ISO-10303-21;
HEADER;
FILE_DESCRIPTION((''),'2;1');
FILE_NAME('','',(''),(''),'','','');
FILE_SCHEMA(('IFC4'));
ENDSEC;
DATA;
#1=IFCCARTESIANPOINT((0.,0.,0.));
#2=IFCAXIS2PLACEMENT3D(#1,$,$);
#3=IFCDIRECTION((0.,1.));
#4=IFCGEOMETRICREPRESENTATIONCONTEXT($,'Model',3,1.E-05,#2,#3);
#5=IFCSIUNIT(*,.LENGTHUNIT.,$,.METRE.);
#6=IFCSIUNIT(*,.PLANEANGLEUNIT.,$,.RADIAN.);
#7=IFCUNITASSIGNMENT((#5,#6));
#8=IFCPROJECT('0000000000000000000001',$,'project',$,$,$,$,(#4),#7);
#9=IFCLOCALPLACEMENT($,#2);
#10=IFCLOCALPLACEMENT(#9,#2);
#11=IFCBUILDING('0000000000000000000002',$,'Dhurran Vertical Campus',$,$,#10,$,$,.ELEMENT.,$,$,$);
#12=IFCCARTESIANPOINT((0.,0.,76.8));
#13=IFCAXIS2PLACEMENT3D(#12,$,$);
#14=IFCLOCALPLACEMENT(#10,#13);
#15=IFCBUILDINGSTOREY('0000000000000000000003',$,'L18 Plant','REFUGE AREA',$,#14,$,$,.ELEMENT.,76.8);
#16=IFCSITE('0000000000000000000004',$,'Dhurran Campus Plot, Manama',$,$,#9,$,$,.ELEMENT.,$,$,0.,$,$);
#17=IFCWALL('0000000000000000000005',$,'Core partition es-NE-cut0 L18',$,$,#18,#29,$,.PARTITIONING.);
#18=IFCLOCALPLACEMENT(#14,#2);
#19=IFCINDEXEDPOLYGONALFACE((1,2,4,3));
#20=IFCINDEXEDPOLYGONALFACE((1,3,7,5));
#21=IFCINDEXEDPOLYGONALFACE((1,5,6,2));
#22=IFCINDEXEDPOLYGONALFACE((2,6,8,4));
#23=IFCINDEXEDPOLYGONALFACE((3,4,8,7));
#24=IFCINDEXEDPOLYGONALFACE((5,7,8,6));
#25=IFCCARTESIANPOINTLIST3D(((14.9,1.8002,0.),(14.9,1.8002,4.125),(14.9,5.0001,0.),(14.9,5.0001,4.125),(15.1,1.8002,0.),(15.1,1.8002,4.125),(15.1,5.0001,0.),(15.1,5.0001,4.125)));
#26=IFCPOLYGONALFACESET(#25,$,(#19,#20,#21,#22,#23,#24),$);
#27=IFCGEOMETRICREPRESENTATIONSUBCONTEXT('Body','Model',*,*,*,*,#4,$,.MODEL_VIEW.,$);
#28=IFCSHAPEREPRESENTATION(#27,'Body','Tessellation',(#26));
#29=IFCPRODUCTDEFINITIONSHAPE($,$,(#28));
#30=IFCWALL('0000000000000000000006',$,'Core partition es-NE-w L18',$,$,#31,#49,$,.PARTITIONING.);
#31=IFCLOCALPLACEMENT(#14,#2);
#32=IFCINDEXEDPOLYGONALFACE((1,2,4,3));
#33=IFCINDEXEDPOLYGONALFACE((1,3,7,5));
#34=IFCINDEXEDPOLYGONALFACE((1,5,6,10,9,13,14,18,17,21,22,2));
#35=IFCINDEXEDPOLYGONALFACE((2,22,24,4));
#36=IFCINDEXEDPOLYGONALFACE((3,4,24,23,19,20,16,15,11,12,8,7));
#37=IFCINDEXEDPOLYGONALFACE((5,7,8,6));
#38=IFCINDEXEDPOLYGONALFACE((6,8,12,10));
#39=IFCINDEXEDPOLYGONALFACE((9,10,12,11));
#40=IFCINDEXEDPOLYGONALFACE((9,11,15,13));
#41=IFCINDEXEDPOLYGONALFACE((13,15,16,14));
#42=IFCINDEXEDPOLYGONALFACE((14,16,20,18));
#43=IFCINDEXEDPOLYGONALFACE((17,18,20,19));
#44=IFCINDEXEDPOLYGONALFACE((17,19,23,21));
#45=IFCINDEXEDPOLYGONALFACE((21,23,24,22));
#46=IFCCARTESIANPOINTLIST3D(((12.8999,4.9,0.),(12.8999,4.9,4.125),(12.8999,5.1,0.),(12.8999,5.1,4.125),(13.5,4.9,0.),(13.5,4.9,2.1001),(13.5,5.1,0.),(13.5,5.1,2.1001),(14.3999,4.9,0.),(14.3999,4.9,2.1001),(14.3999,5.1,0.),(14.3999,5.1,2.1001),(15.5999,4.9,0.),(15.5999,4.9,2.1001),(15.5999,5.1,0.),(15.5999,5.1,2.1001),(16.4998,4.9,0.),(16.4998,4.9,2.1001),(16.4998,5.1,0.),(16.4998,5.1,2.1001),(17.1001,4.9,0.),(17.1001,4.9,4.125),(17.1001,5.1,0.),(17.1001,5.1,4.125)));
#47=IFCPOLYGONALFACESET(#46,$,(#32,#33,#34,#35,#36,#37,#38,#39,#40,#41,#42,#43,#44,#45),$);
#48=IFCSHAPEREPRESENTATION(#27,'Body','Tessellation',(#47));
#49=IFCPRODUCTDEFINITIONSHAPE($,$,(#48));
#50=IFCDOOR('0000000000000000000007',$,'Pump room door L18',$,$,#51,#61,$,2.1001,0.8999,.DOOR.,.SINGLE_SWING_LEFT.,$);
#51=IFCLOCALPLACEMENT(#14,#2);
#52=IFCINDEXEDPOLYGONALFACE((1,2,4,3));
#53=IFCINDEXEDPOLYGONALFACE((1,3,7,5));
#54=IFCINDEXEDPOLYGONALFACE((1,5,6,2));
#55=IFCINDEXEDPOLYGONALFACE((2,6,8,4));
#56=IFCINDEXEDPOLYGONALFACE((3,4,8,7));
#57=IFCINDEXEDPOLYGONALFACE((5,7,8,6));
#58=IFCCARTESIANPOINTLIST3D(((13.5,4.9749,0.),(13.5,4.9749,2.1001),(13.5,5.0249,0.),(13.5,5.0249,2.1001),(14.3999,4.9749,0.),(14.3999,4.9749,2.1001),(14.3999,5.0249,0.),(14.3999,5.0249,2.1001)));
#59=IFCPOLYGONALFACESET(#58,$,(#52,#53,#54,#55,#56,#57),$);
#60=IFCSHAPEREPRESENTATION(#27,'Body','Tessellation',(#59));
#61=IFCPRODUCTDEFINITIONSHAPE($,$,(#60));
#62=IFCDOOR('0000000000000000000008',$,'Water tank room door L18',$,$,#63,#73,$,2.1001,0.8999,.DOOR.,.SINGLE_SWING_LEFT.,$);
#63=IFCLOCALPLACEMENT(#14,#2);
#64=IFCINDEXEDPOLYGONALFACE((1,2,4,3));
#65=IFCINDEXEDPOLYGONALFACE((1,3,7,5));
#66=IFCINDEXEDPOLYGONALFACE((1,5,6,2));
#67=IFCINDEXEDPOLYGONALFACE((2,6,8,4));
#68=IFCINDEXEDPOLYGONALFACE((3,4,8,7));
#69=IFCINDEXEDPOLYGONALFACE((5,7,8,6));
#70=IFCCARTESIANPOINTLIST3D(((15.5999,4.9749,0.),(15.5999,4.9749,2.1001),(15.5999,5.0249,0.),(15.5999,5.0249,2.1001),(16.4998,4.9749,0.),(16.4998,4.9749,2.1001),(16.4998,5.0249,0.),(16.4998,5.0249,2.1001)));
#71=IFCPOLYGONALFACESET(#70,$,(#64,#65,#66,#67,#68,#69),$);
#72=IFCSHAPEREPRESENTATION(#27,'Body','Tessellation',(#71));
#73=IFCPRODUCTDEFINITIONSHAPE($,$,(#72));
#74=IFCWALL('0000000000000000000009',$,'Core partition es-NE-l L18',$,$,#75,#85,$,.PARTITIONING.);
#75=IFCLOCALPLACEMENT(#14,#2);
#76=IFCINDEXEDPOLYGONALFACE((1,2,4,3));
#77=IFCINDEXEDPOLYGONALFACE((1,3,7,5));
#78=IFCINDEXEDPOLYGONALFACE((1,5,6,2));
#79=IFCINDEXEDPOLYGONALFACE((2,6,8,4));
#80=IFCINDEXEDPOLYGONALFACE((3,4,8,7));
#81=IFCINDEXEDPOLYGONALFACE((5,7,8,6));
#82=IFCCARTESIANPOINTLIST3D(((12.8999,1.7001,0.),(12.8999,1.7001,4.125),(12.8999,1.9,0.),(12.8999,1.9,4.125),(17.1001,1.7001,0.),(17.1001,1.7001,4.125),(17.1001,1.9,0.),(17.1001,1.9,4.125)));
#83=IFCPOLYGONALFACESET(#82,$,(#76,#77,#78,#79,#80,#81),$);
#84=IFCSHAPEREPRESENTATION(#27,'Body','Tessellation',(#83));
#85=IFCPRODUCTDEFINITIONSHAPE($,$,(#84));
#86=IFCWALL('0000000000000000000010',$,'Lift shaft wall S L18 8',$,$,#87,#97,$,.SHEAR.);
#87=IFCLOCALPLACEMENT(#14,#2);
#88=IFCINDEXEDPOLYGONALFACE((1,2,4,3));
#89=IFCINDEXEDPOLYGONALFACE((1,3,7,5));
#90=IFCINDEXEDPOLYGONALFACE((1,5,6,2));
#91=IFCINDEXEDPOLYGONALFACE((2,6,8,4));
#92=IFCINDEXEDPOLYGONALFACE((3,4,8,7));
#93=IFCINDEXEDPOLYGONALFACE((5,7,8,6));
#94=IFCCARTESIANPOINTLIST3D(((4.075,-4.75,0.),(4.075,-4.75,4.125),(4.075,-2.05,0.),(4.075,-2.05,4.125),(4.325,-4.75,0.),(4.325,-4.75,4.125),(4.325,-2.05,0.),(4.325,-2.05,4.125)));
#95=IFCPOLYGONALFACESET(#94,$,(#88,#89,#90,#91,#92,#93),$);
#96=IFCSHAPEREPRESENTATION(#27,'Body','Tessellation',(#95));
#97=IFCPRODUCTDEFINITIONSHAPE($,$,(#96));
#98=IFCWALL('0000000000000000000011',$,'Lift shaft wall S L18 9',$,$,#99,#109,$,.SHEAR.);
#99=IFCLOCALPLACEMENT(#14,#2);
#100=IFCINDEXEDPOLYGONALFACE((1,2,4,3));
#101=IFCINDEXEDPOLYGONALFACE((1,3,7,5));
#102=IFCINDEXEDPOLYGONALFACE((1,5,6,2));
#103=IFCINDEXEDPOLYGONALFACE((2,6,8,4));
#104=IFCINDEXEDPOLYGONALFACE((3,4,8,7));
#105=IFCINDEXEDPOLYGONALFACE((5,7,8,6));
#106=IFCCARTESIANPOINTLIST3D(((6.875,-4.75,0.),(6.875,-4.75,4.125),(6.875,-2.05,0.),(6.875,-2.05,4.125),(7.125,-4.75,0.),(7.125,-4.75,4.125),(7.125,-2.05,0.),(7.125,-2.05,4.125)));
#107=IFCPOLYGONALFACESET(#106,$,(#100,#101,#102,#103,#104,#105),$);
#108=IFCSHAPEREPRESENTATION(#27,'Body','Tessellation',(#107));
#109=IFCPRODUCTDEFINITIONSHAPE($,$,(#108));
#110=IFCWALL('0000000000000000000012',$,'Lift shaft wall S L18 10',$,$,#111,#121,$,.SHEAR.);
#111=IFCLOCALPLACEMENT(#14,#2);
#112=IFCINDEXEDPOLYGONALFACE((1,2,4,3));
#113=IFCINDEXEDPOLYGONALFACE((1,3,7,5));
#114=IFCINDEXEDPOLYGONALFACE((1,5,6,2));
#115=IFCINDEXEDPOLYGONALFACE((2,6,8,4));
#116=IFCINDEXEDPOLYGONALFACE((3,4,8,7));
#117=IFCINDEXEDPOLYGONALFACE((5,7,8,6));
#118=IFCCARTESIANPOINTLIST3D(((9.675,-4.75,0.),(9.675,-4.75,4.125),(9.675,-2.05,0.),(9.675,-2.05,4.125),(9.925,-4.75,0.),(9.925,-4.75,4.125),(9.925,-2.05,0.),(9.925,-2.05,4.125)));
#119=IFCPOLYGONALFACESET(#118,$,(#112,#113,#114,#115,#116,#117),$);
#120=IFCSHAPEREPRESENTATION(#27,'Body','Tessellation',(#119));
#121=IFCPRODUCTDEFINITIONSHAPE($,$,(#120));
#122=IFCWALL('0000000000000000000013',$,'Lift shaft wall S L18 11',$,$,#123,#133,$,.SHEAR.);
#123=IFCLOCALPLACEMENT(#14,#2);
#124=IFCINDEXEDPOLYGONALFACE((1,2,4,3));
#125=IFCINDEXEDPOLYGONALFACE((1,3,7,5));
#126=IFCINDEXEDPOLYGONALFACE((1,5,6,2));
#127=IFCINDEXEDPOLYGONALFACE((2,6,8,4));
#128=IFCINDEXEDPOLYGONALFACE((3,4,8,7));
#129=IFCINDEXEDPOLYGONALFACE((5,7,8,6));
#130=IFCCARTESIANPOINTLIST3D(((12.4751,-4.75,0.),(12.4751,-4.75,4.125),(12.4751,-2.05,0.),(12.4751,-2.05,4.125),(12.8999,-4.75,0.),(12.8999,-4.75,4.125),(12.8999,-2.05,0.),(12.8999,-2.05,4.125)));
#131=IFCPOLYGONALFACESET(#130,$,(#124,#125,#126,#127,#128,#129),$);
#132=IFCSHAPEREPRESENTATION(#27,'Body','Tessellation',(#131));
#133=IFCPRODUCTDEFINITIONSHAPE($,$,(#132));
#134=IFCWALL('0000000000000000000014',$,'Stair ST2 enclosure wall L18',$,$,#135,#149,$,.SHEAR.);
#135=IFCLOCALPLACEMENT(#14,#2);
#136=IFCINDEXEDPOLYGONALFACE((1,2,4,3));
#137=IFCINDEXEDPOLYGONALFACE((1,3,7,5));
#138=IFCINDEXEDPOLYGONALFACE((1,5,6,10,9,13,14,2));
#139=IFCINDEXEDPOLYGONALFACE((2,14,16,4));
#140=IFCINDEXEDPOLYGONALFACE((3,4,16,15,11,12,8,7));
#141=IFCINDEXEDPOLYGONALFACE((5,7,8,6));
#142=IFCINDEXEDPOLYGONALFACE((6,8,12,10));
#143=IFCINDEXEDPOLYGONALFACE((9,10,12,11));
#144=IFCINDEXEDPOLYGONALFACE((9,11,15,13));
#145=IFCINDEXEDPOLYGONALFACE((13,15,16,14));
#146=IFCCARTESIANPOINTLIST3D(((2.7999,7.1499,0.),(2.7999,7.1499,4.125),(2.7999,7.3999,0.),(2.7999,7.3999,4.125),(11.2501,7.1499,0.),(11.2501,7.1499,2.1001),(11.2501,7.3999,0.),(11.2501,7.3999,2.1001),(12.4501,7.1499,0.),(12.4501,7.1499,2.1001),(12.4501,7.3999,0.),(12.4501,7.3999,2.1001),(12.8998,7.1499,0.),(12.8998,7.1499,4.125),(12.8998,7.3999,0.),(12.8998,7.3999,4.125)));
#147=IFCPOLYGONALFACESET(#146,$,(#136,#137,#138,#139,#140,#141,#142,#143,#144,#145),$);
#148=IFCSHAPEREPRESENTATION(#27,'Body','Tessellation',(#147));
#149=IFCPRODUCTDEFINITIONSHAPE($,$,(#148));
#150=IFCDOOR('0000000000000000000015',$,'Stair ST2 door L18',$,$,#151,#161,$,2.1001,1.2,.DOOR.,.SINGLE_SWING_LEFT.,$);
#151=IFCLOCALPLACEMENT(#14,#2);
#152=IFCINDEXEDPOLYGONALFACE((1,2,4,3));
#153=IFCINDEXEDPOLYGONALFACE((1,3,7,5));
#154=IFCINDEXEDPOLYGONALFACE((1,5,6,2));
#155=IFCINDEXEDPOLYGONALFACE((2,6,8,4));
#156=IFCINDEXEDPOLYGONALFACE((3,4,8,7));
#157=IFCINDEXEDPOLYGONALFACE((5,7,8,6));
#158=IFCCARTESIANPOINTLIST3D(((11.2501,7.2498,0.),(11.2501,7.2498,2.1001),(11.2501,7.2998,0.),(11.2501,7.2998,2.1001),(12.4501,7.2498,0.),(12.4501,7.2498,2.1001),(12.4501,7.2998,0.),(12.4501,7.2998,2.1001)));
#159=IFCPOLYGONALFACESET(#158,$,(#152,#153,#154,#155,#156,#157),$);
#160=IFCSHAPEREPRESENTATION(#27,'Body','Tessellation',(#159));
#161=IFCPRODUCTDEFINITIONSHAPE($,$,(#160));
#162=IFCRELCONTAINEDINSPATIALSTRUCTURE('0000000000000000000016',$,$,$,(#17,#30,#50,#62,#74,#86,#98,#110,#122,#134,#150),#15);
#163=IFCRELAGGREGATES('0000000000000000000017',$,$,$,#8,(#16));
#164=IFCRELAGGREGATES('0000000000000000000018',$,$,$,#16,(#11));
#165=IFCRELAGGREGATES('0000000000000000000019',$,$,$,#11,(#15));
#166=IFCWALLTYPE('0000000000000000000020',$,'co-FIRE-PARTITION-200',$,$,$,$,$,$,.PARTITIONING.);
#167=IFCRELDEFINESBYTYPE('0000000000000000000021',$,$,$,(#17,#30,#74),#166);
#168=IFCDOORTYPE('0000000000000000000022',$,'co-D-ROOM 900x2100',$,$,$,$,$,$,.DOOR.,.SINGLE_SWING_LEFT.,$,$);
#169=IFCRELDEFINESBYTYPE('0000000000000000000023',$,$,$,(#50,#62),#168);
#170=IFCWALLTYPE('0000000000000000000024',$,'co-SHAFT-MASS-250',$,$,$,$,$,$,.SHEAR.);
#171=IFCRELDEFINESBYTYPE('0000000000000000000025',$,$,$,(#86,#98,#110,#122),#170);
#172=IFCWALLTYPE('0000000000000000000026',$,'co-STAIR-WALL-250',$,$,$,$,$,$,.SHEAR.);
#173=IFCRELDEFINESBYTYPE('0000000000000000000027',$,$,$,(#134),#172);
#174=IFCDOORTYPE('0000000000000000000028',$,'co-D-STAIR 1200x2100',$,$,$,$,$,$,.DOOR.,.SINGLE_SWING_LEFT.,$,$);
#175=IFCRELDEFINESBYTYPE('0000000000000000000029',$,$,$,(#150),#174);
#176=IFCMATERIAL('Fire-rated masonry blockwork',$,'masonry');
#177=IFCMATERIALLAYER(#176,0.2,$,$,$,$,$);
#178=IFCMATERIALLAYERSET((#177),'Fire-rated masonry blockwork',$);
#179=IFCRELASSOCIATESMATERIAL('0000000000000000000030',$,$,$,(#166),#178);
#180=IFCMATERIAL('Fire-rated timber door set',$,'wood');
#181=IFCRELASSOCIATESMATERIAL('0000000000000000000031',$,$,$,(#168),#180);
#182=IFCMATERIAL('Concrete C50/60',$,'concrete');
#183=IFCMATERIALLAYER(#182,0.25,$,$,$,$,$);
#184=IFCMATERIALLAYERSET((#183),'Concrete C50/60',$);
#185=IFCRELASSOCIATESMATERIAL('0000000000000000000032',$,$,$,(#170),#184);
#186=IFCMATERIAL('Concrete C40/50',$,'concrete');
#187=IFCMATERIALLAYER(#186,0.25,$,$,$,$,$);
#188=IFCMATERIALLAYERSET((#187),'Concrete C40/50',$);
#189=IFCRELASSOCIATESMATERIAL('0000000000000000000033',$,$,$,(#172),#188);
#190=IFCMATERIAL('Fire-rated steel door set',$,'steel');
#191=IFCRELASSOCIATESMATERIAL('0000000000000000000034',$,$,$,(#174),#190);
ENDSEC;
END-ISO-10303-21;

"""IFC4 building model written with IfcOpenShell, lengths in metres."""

from ifc_helpers import new_model, si_unit, direction, frame, frame_2d, origin, place, context, subcontext, project, spatial, polyline, rectangle, outline, extrude, material, layer, layer_set, type_object, element, fill, save


model = new_model("IFC4")

# Units and contexts
model_context = context("Model", 3, precision=1e-05, world=origin(), true_north=direction((0.0, 1.0)))
body_context = subcontext(model_context, "Body", "Model", "MODEL_VIEW")
ifc_project = project(units=[si_unit("LENGTHUNIT", "METRE"), si_unit("PLANEANGLEUNIT", "RADIAN")], contexts=[model_context])

# Site, building, storey
site_placement = place(None, origin())
site = spatial("IfcSite", under=ifc_project, at=site_placement, Name="Dhurran Campus Plot, Manama", CompositionType="ELEMENT", RefElevation=0.0)
building_placement = place(site_placement, origin())
building = spatial("IfcBuilding", under=site, at=building_placement, Name="Dhurran Vertical Campus", CompositionType="ELEMENT")
storey_placement = place(building_placement, frame((0.0, 0.0, 76.8)))
storey = spatial("IfcBuildingStorey", under=building, at=storey_placement, Name="L18 Plant", Description="REFUGE AREA", CompositionType="ELEMENT", Elevation=76.8)

# Shared definitions
ifc_material_1 = material(Name="Fire-rated masonry blockwork", Category="masonry")
ifc_layer_1 = layer(ifc_material_1, 0.2)
ifc_layer_set_1 = layer_set([ifc_layer_1], Name="Fire-rated masonry blockwork")
wall_type_1 = type_object("IfcWallType", Name="co-FIRE-PARTITION-200", PredefinedType="PARTITIONING", material=ifc_layer_set_1)

# Shared definitions
ifc_material_2 = material(Name="Fire-rated timber door set", Category="wood")
door_type_1 = type_object("IfcDoorType", Name="co-D-ROOM 900x2100", OperationType="SINGLE_SWING_LEFT", PredefinedType="DOOR", material=ifc_material_2)

# Wall
wall_1_placement = place(storey_placement, frame((15.0, 1.8, 0.0), z_axis=(0.0, 0.0, 1.0), x_axis=(0.0, 1.0, 0.0)))
element("IfcWall", 1, at=wall_1_placement, inside=storey, type_object=wall_type_1, Name="Core partition es-NE-cut0 L18", PredefinedType="PARTITIONING", context=body_context, shape_type="SweptSolid", body=[
    extrude(rectangle(XDim=3.2, YDim=0.2, at=frame_2d((1.6001, 0.0))), origin(), (0.0, 0.0, 1.0), 4.125),
])

# Wall, openings, doors
wall_2_placement = place(storey_placement, frame((12.8999, 5.0, 0.0), z_axis=(0.0, 0.0, 1.0), x_axis=(1.0, 0.0, 0.0)))
wall_2 = element("IfcWall", 2, at=wall_2_placement, inside=storey, type_object=wall_type_1, Name="Core partition es-NE-w L18", PredefinedType="PARTITIONING", context=body_context, shape_type="SweptSolid", body=[
    extrude(rectangle(XDim=4.2002, YDim=0.2, at=frame_2d((2.1001, 0.0))), origin(), (0.0, 0.0, 1.0), 4.125),
])
opening_1_placement = place(wall_2_placement, frame((0.6001, 0.0, 0.0)))
opening_1 = element("IfcOpeningElement", 3, at=opening_1_placement, cuts=wall_2, PredefinedType="OPENING", context=body_context, shape_type="SweptSolid", body=[
    extrude(rectangle(XDim=0.8999, YDim=2.1001, at=frame_2d((0.45, 1.05))), frame((0.0, 0.1099, 0.0), z_axis=(0.0, -1.0, 0.0), x_axis=(1.0, 0.0, 0.0)), (0.0, 0.0, 1.0), 0.22),
])
opening_2_placement = place(wall_2_placement, frame((2.7, 0.0, 0.0)))
opening_2 = element("IfcOpeningElement", 4, at=opening_2_placement, cuts=wall_2, PredefinedType="OPENING", context=body_context, shape_type="SweptSolid", body=[
    extrude(rectangle(XDim=0.8999, YDim=2.1001, at=frame_2d((0.45, 1.05))), frame((0.0, 0.1099, 0.0), z_axis=(0.0, -1.0, 0.0), x_axis=(1.0, 0.0, 0.0)), (0.0, 0.0, 1.0), 0.22),
])
door_1_placement = place(opening_1_placement, origin())
door_1 = element("IfcDoor", 5, at=door_1_placement, inside=storey, type_object=door_type_1, Name="Pump room door L18", OperationType="SINGLE_SWING_LEFT", OverallHeight=2.1001, OverallWidth=0.8999, PredefinedType="DOOR", context=body_context, shape_type="SweptSolid", body=[
    extrude(rectangle(XDim=0.8999, YDim=2.1001, at=frame_2d((0.45, 1.05))), frame((0.0, 0.0249, 0.0), z_axis=(0.0, -1.0, 0.0), x_axis=(1.0, 0.0, 0.0)), (0.0, 0.0, 1.0), 0.05),
])
fill(opening_1, door_1)
door_2_placement = place(opening_2_placement, origin())
door_2 = element("IfcDoor", 6, at=door_2_placement, inside=storey, type_object=door_type_1, Name="Water tank room door L18", OperationType="SINGLE_SWING_LEFT", OverallHeight=2.1001, OverallWidth=0.8999, PredefinedType="DOOR", context=body_context, shape_type="SweptSolid", body=[
    extrude(rectangle(XDim=0.8999, YDim=2.1001, at=frame_2d((0.45, 1.05))), frame((0.0, 0.0249, 0.0), z_axis=(0.0, -1.0, 0.0), x_axis=(1.0, 0.0, 0.0)), (0.0, 0.0, 1.0), 0.05),
])
fill(opening_2, door_2)

# Walls
wall_3_placement = place(storey_placement, frame((12.8999, 1.8, 0.0), z_axis=(0.0, 0.0, 1.0), x_axis=(1.0, 0.0, 0.0)))
element("IfcWall", 7, at=wall_3_placement, inside=storey, type_object=wall_type_1, Name="Core partition es-NE-l L18", PredefinedType="PARTITIONING", context=body_context, shape_type="SweptSolid", body=[
    extrude(rectangle(XDim=4.2002, YDim=0.2, at=frame_2d((2.1001, 0.0))), origin(), (0.0, 0.0, 1.0), 4.125),
])
ifc_material_3 = material(Name="Concrete C50/60", Category="concrete")
ifc_layer_2 = layer(ifc_material_3, 0.25)
ifc_layer_set_2 = layer_set([ifc_layer_2], Name="Concrete C50/60")
wall_type_2 = type_object("IfcWallType", Name="co-SHAFT-MASS-250", PredefinedType="SHEAR", material=ifc_layer_set_2)
wall_4_placement = place(storey_placement, origin())
element("IfcWall", 8, at=wall_4_placement, inside=storey, type_object=wall_type_2, Name="Lift shaft wall S L18 8", PredefinedType="SHEAR", context=body_context, shape_type="SweptSolid", body=[
    extrude(outline(polyline([(4.075, -4.75), (4.325, -4.75), (4.325, -2.05), (4.075, -2.05), (4.075, -4.75)])), origin(), (0.0, 0.0, 1.0), 4.125),
])
wall_5_placement = place(storey_placement, origin())
element("IfcWall", 9, at=wall_5_placement, inside=storey, type_object=wall_type_2, Name="Lift shaft wall S L18 9", PredefinedType="SHEAR", context=body_context, shape_type="SweptSolid", body=[
    extrude(outline(polyline([(6.875, -4.75), (7.125, -4.75), (7.125, -2.05), (6.875, -2.05), (6.875, -4.75)])), origin(), (0.0, 0.0, 1.0), 4.125),
])
wall_6_placement = place(storey_placement, origin())
element("IfcWall", 10, at=wall_6_placement, inside=storey, type_object=wall_type_2, Name="Lift shaft wall S L18 10", PredefinedType="SHEAR", context=body_context, shape_type="SweptSolid", body=[
    extrude(outline(polyline([(9.675, -4.75), (9.925, -4.75), (9.925, -2.05), (9.675, -2.05), (9.675, -4.75)])), origin(), (0.0, 0.0, 1.0), 4.125),
])
wall_7_placement = place(storey_placement, origin())
element("IfcWall", 11, at=wall_7_placement, inside=storey, type_object=wall_type_2, Name="Lift shaft wall S L18 11", PredefinedType="SHEAR", context=body_context, shape_type="SweptSolid", body=[
    extrude(outline(polyline([(12.4751, -4.75), (12.8999, -4.75), (12.8999, -2.05), (12.4751, -2.05), (12.4751, -4.75)])), origin(), (0.0, 0.0, 1.0), 4.125),
])

# Wall, opening, door
ifc_material_4 = material(Name="Concrete C40/50", Category="concrete")
ifc_layer_3 = layer(ifc_material_4, 0.25)
ifc_layer_set_3 = layer_set([ifc_layer_3], Name="Concrete C40/50")
wall_type_3 = type_object("IfcWallType", Name="co-STAIR-WALL-250", PredefinedType="SHEAR", material=ifc_layer_set_3)
wall_8_placement = place(storey_placement, frame((2.8, 7.2749, 0.0), z_axis=(0.0, 0.0, 1.0), x_axis=(1.0, 0.0, 0.0)))
wall_8 = element("IfcWall", 12, at=wall_8_placement, inside=storey, type_object=wall_type_3, Name="Stair ST2 enclosure wall L18", PredefinedType="SHEAR", context=body_context, shape_type="SweptSolid", body=[
    extrude(rectangle(XDim=10.0999, YDim=0.25, at=frame_2d((5.0498, 0.0))), origin(), (0.0, 0.0, 1.0), 4.125),
])
opening_3_placement = place(wall_8_placement, frame((8.45, 0.0, 0.0)))
opening_3 = element("IfcOpeningElement", 13, at=opening_3_placement, cuts=wall_8, PredefinedType="OPENING", context=body_context, shape_type="SweptSolid", body=[
    extrude(rectangle(XDim=1.2, YDim=2.1001, at=frame_2d((0.6001, 1.05))), frame((0.0, 0.135, 0.0), z_axis=(0.0, -1.0, 0.0), x_axis=(1.0, 0.0, 0.0)), (0.0, 0.0, 1.0), 0.27),
])
ifc_material_5 = material(Name="Fire-rated steel door set", Category="steel")
door_type_2 = type_object("IfcDoorType", Name="co-D-STAIR 1200x2100", OperationType="SINGLE_SWING_LEFT", PredefinedType="DOOR", material=ifc_material_5)
door_3_placement = place(opening_3_placement, origin())
door_3 = element("IfcDoor", 14, at=door_3_placement, inside=storey, type_object=door_type_2, Name="Stair ST2 door L18", OperationType="SINGLE_SWING_LEFT", OverallHeight=2.1001, OverallWidth=1.2, PredefinedType="DOOR", context=body_context, shape_type="SweptSolid", body=[
    extrude(rectangle(XDim=1.2, YDim=2.1001, at=frame_2d((0.6001, 1.05))), frame((0.0, 0.0249, 0.0), z_axis=(0.0, -1.0, 0.0), x_axis=(1.0, 0.0, 0.0)), (0.0, 0.0, 1.0), 0.05),
])
fill(opening_3, door_3)

save(model, "model.ifc")
